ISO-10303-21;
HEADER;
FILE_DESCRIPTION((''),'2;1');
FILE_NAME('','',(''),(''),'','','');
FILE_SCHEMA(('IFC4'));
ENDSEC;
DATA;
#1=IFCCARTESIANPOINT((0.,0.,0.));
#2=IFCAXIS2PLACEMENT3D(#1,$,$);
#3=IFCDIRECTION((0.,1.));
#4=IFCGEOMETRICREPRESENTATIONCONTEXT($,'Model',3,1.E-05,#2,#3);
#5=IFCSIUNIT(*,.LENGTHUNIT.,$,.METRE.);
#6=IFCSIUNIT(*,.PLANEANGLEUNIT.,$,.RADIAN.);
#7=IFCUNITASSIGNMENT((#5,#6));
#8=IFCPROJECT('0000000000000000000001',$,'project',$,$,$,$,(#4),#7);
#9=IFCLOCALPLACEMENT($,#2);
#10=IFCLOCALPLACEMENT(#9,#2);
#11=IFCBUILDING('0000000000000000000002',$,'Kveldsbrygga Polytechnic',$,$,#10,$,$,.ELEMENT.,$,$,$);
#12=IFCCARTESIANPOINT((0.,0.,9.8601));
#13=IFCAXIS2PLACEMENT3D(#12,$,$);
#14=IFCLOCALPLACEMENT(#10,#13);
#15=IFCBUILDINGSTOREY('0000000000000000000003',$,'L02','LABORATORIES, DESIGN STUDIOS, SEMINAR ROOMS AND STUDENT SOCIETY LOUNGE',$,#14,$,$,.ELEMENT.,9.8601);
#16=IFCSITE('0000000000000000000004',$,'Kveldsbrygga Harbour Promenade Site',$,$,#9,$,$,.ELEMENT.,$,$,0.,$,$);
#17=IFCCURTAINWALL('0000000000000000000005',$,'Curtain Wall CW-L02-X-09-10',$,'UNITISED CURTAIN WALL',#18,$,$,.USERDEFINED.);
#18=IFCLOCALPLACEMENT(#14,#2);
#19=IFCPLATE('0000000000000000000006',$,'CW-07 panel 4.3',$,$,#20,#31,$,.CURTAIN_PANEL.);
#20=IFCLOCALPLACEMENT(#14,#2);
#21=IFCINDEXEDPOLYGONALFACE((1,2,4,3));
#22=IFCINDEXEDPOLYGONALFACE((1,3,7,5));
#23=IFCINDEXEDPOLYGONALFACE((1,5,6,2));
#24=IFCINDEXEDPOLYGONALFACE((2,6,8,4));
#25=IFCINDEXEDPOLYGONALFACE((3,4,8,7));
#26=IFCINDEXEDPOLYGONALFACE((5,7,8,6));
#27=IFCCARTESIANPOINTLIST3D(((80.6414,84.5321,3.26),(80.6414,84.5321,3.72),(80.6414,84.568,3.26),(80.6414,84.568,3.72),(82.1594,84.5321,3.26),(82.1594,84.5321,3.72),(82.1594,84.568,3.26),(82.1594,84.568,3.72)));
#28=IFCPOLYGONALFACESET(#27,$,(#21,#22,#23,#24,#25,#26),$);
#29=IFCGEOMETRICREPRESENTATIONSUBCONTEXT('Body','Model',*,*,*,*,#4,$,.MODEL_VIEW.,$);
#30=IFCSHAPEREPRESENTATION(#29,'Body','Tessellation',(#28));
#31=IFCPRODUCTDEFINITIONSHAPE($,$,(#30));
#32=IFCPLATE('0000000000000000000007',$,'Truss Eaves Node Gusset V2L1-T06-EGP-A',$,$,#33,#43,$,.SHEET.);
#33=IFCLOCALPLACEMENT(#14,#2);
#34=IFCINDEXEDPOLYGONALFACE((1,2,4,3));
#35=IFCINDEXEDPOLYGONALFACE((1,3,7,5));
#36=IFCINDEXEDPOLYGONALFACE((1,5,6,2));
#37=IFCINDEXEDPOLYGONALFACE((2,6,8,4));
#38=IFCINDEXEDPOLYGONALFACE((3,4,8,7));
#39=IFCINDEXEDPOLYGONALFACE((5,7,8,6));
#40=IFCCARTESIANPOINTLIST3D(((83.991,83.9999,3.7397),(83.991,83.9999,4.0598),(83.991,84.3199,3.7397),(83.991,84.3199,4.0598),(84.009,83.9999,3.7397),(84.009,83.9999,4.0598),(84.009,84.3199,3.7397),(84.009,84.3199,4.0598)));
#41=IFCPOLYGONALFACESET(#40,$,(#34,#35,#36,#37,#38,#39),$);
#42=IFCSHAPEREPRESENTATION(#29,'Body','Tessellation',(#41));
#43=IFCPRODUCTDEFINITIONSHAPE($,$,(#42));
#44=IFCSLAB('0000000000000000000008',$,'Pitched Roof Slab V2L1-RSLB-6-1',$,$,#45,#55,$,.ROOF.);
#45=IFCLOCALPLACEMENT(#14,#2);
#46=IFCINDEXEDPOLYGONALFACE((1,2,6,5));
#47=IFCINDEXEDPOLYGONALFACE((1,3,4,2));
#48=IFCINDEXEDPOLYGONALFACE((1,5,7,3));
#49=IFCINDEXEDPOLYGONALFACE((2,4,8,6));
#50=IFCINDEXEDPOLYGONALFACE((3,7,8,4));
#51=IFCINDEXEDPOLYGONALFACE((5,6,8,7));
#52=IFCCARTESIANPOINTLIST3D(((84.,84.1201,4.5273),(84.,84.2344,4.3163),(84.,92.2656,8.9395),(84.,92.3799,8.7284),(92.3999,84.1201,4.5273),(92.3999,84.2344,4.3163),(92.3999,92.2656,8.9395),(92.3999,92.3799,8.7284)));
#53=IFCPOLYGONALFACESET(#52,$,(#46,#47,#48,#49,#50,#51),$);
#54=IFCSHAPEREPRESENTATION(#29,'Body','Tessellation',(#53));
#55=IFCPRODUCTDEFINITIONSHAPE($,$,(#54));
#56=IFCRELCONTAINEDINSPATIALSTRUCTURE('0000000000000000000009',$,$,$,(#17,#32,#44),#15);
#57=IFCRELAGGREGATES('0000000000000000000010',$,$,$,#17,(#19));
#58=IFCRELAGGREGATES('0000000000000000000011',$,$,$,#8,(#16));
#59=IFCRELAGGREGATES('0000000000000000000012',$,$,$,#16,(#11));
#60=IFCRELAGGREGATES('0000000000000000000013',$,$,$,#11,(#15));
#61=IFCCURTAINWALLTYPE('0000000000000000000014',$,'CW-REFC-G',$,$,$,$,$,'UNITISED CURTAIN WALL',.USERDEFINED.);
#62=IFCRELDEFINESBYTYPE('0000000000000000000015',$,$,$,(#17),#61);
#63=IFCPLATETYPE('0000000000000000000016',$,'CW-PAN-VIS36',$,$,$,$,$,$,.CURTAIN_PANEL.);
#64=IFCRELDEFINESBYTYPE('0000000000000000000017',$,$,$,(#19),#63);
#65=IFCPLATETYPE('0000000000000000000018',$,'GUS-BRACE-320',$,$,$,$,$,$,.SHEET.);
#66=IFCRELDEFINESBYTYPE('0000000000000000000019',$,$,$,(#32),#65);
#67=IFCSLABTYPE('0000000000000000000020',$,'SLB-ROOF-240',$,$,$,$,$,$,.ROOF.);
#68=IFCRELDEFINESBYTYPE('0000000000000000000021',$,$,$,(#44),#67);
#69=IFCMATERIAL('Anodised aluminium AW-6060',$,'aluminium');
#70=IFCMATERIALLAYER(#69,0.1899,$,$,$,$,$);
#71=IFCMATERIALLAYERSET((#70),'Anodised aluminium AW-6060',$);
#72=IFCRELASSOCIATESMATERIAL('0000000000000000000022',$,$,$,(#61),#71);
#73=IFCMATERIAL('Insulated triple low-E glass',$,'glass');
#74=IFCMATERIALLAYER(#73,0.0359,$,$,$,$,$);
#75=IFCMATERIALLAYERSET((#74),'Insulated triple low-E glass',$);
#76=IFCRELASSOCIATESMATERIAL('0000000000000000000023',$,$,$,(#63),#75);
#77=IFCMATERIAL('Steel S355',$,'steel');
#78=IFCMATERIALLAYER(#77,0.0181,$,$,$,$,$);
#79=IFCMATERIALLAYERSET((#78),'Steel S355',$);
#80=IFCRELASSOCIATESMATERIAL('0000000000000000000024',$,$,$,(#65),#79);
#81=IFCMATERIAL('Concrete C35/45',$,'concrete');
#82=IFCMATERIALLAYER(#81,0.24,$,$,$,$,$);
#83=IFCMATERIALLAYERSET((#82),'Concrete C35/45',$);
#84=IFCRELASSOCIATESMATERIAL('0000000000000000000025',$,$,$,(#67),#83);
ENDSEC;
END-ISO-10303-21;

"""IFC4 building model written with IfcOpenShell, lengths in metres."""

from ifc_helpers import new_model, si_unit, direction, frame, origin, origin_2d, place, context, subcontext, project, spatial, polyline, rectangle, outline, extrude, material, layer, layer_set, type_object, element, aggregate, save


model = new_model("IFC4")

# Units and contexts
model_context = context("Model", 3, precision=1e-05, world=origin(), true_north=direction((0.0, 1.0)))
body_context = subcontext(model_context, "Body", "Model", "MODEL_VIEW")
ifc_project = project(units=[si_unit("LENGTHUNIT", "METRE"), si_unit("PLANEANGLEUNIT", "RADIAN")], contexts=[model_context])

# Site, building, storey
site_placement = place(None, origin())
site = spatial("IfcSite", under=ifc_project, at=site_placement, Name="Kveldsbrygga Harbour Promenade Site", CompositionType="ELEMENT", RefElevation=0.0)
building_placement = place(site_placement, origin())
building = spatial("IfcBuilding", under=site, at=building_placement, Name="Kveldsbrygga Polytechnic", CompositionType="ELEMENT")
storey_placement = place(building_placement, frame((0.0, 0.0, 9.8601)))
storey = spatial("IfcBuildingStorey", under=building, at=storey_placement, Name="L02", Description="LABORATORIES, DESIGN STUDIOS, SEMINAR ROOMS AND STUDENT SOCIETY LOUNGE", CompositionType="ELEMENT", Elevation=9.8601)

# Curtain wall
ifc_material_1 = material(Name="Anodised aluminium AW-6060", Category="aluminium")
ifc_layer_1 = layer(ifc_material_1, 0.1899)
ifc_layer_set_1 = layer_set([ifc_layer_1], Name="Anodised aluminium AW-6060")
curtain_wall_type = type_object("IfcCurtainWallType", Name="CW-REFC-G", ElementType="UNITISED CURTAIN WALL", PredefinedType="USERDEFINED", material=ifc_layer_set_1)
curtain_wall_placement = place(storey_placement, origin())
curtain_wall = element("IfcCurtainWall", 1, at=curtain_wall_placement, inside=storey, type_object=curtain_wall_type, Name="Curtain Wall CW-L02-X-09-10", ObjectType="UNITISED CURTAIN WALL", PredefinedType="USERDEFINED")

# Shared definitions
ifc_material_2 = material(Name="Steel S355", Category="steel")

# Plates
ifc_material_3 = material(Name="Insulated triple low-E glass", Category="glass")
ifc_layer_2 = layer(ifc_material_3, 0.0359)
ifc_layer_set_2 = layer_set([ifc_layer_2], Name="Insulated triple low-E glass")
plate_type_1 = type_object("IfcPlateType", Name="CW-PAN-VIS36", PredefinedType="CURTAIN_PANEL", material=ifc_layer_set_2)
plate_1_placement = place(storey_placement, frame((81.4004, 84.55, 3.26), z_axis=(0.0, 0.0, 1.0), x_axis=(1.0, 0.0, 0.0)))
plate_1 = element("IfcPlate", 2, at=plate_1_placement, type_object=plate_type_1, Name="CW-07 panel 4.3", PredefinedType="CURTAIN_PANEL", context=body_context, shape_type="SweptSolid", body=[
    extrude(rectangle(XDim=1.5181, YDim=0.0359, at=origin_2d()), origin(), (0.0, 0.0, 1.0), 0.46),
])
aggregate(curtain_wall, [plate_1])
ifc_layer_3 = layer(ifc_material_2, 0.0181)
ifc_layer_set_3 = layer_set([ifc_layer_3], Name="Steel S355")
plate_type_2 = type_object("IfcPlateType", Name="GUS-BRACE-320", PredefinedType="SHEET", material=ifc_layer_set_3)
plate_2_placement = place(storey_placement, frame((84.0, 84.1599, 3.7397), z_axis=(0.0, 0.0, 1.0), x_axis=(1.0, 0.0, 0.0)))
element("IfcPlate", 3, at=plate_2_placement, inside=storey, type_object=plate_type_2, Name="Truss Eaves Node Gusset V2L1-T06-EGP-A", PredefinedType="SHEET", context=body_context, shape_type="SweptSolid", body=[
    extrude(rectangle(XDim=0.0181, YDim=0.3201, at=origin_2d()), origin(), (0.0, 0.0, 1.0), 0.3201),
])

# Slab
ifc_material_4 = material(Name="Concrete C35/45", Category="concrete")
ifc_layer_4 = layer(ifc_material_4, 0.24)
ifc_layer_set_4 = layer_set([ifc_layer_4], Name="Concrete C35/45")
slab_type = type_object("IfcSlabType", Name="SLB-ROOF-240", PredefinedType="ROOF", material=ifc_layer_set_4)
slab_placement = place(storey_placement, frame((84.0, 84.1201, 4.5273), z_axis=(0.0, -0.47628, 0.879294), x_axis=(1.0, 0.0, 0.0)))
element("IfcSlab", 4, at=slab_placement, inside=storey, type_object=slab_type, Name="Pitched Roof Slab V2L1-RSLB-6-1", PredefinedType="ROOF", context=body_context, shape_type="SweptSolid", body=[
    extrude(outline(polyline([(0.0, 0.0), (8.3999, 0.0), (8.3999, 9.2637), (0.0, 9.2637), (0.0, 0.0)])), origin(), (0.0, 0.0, -1.0), 0.24),
])

save(model, "model.ifc")
